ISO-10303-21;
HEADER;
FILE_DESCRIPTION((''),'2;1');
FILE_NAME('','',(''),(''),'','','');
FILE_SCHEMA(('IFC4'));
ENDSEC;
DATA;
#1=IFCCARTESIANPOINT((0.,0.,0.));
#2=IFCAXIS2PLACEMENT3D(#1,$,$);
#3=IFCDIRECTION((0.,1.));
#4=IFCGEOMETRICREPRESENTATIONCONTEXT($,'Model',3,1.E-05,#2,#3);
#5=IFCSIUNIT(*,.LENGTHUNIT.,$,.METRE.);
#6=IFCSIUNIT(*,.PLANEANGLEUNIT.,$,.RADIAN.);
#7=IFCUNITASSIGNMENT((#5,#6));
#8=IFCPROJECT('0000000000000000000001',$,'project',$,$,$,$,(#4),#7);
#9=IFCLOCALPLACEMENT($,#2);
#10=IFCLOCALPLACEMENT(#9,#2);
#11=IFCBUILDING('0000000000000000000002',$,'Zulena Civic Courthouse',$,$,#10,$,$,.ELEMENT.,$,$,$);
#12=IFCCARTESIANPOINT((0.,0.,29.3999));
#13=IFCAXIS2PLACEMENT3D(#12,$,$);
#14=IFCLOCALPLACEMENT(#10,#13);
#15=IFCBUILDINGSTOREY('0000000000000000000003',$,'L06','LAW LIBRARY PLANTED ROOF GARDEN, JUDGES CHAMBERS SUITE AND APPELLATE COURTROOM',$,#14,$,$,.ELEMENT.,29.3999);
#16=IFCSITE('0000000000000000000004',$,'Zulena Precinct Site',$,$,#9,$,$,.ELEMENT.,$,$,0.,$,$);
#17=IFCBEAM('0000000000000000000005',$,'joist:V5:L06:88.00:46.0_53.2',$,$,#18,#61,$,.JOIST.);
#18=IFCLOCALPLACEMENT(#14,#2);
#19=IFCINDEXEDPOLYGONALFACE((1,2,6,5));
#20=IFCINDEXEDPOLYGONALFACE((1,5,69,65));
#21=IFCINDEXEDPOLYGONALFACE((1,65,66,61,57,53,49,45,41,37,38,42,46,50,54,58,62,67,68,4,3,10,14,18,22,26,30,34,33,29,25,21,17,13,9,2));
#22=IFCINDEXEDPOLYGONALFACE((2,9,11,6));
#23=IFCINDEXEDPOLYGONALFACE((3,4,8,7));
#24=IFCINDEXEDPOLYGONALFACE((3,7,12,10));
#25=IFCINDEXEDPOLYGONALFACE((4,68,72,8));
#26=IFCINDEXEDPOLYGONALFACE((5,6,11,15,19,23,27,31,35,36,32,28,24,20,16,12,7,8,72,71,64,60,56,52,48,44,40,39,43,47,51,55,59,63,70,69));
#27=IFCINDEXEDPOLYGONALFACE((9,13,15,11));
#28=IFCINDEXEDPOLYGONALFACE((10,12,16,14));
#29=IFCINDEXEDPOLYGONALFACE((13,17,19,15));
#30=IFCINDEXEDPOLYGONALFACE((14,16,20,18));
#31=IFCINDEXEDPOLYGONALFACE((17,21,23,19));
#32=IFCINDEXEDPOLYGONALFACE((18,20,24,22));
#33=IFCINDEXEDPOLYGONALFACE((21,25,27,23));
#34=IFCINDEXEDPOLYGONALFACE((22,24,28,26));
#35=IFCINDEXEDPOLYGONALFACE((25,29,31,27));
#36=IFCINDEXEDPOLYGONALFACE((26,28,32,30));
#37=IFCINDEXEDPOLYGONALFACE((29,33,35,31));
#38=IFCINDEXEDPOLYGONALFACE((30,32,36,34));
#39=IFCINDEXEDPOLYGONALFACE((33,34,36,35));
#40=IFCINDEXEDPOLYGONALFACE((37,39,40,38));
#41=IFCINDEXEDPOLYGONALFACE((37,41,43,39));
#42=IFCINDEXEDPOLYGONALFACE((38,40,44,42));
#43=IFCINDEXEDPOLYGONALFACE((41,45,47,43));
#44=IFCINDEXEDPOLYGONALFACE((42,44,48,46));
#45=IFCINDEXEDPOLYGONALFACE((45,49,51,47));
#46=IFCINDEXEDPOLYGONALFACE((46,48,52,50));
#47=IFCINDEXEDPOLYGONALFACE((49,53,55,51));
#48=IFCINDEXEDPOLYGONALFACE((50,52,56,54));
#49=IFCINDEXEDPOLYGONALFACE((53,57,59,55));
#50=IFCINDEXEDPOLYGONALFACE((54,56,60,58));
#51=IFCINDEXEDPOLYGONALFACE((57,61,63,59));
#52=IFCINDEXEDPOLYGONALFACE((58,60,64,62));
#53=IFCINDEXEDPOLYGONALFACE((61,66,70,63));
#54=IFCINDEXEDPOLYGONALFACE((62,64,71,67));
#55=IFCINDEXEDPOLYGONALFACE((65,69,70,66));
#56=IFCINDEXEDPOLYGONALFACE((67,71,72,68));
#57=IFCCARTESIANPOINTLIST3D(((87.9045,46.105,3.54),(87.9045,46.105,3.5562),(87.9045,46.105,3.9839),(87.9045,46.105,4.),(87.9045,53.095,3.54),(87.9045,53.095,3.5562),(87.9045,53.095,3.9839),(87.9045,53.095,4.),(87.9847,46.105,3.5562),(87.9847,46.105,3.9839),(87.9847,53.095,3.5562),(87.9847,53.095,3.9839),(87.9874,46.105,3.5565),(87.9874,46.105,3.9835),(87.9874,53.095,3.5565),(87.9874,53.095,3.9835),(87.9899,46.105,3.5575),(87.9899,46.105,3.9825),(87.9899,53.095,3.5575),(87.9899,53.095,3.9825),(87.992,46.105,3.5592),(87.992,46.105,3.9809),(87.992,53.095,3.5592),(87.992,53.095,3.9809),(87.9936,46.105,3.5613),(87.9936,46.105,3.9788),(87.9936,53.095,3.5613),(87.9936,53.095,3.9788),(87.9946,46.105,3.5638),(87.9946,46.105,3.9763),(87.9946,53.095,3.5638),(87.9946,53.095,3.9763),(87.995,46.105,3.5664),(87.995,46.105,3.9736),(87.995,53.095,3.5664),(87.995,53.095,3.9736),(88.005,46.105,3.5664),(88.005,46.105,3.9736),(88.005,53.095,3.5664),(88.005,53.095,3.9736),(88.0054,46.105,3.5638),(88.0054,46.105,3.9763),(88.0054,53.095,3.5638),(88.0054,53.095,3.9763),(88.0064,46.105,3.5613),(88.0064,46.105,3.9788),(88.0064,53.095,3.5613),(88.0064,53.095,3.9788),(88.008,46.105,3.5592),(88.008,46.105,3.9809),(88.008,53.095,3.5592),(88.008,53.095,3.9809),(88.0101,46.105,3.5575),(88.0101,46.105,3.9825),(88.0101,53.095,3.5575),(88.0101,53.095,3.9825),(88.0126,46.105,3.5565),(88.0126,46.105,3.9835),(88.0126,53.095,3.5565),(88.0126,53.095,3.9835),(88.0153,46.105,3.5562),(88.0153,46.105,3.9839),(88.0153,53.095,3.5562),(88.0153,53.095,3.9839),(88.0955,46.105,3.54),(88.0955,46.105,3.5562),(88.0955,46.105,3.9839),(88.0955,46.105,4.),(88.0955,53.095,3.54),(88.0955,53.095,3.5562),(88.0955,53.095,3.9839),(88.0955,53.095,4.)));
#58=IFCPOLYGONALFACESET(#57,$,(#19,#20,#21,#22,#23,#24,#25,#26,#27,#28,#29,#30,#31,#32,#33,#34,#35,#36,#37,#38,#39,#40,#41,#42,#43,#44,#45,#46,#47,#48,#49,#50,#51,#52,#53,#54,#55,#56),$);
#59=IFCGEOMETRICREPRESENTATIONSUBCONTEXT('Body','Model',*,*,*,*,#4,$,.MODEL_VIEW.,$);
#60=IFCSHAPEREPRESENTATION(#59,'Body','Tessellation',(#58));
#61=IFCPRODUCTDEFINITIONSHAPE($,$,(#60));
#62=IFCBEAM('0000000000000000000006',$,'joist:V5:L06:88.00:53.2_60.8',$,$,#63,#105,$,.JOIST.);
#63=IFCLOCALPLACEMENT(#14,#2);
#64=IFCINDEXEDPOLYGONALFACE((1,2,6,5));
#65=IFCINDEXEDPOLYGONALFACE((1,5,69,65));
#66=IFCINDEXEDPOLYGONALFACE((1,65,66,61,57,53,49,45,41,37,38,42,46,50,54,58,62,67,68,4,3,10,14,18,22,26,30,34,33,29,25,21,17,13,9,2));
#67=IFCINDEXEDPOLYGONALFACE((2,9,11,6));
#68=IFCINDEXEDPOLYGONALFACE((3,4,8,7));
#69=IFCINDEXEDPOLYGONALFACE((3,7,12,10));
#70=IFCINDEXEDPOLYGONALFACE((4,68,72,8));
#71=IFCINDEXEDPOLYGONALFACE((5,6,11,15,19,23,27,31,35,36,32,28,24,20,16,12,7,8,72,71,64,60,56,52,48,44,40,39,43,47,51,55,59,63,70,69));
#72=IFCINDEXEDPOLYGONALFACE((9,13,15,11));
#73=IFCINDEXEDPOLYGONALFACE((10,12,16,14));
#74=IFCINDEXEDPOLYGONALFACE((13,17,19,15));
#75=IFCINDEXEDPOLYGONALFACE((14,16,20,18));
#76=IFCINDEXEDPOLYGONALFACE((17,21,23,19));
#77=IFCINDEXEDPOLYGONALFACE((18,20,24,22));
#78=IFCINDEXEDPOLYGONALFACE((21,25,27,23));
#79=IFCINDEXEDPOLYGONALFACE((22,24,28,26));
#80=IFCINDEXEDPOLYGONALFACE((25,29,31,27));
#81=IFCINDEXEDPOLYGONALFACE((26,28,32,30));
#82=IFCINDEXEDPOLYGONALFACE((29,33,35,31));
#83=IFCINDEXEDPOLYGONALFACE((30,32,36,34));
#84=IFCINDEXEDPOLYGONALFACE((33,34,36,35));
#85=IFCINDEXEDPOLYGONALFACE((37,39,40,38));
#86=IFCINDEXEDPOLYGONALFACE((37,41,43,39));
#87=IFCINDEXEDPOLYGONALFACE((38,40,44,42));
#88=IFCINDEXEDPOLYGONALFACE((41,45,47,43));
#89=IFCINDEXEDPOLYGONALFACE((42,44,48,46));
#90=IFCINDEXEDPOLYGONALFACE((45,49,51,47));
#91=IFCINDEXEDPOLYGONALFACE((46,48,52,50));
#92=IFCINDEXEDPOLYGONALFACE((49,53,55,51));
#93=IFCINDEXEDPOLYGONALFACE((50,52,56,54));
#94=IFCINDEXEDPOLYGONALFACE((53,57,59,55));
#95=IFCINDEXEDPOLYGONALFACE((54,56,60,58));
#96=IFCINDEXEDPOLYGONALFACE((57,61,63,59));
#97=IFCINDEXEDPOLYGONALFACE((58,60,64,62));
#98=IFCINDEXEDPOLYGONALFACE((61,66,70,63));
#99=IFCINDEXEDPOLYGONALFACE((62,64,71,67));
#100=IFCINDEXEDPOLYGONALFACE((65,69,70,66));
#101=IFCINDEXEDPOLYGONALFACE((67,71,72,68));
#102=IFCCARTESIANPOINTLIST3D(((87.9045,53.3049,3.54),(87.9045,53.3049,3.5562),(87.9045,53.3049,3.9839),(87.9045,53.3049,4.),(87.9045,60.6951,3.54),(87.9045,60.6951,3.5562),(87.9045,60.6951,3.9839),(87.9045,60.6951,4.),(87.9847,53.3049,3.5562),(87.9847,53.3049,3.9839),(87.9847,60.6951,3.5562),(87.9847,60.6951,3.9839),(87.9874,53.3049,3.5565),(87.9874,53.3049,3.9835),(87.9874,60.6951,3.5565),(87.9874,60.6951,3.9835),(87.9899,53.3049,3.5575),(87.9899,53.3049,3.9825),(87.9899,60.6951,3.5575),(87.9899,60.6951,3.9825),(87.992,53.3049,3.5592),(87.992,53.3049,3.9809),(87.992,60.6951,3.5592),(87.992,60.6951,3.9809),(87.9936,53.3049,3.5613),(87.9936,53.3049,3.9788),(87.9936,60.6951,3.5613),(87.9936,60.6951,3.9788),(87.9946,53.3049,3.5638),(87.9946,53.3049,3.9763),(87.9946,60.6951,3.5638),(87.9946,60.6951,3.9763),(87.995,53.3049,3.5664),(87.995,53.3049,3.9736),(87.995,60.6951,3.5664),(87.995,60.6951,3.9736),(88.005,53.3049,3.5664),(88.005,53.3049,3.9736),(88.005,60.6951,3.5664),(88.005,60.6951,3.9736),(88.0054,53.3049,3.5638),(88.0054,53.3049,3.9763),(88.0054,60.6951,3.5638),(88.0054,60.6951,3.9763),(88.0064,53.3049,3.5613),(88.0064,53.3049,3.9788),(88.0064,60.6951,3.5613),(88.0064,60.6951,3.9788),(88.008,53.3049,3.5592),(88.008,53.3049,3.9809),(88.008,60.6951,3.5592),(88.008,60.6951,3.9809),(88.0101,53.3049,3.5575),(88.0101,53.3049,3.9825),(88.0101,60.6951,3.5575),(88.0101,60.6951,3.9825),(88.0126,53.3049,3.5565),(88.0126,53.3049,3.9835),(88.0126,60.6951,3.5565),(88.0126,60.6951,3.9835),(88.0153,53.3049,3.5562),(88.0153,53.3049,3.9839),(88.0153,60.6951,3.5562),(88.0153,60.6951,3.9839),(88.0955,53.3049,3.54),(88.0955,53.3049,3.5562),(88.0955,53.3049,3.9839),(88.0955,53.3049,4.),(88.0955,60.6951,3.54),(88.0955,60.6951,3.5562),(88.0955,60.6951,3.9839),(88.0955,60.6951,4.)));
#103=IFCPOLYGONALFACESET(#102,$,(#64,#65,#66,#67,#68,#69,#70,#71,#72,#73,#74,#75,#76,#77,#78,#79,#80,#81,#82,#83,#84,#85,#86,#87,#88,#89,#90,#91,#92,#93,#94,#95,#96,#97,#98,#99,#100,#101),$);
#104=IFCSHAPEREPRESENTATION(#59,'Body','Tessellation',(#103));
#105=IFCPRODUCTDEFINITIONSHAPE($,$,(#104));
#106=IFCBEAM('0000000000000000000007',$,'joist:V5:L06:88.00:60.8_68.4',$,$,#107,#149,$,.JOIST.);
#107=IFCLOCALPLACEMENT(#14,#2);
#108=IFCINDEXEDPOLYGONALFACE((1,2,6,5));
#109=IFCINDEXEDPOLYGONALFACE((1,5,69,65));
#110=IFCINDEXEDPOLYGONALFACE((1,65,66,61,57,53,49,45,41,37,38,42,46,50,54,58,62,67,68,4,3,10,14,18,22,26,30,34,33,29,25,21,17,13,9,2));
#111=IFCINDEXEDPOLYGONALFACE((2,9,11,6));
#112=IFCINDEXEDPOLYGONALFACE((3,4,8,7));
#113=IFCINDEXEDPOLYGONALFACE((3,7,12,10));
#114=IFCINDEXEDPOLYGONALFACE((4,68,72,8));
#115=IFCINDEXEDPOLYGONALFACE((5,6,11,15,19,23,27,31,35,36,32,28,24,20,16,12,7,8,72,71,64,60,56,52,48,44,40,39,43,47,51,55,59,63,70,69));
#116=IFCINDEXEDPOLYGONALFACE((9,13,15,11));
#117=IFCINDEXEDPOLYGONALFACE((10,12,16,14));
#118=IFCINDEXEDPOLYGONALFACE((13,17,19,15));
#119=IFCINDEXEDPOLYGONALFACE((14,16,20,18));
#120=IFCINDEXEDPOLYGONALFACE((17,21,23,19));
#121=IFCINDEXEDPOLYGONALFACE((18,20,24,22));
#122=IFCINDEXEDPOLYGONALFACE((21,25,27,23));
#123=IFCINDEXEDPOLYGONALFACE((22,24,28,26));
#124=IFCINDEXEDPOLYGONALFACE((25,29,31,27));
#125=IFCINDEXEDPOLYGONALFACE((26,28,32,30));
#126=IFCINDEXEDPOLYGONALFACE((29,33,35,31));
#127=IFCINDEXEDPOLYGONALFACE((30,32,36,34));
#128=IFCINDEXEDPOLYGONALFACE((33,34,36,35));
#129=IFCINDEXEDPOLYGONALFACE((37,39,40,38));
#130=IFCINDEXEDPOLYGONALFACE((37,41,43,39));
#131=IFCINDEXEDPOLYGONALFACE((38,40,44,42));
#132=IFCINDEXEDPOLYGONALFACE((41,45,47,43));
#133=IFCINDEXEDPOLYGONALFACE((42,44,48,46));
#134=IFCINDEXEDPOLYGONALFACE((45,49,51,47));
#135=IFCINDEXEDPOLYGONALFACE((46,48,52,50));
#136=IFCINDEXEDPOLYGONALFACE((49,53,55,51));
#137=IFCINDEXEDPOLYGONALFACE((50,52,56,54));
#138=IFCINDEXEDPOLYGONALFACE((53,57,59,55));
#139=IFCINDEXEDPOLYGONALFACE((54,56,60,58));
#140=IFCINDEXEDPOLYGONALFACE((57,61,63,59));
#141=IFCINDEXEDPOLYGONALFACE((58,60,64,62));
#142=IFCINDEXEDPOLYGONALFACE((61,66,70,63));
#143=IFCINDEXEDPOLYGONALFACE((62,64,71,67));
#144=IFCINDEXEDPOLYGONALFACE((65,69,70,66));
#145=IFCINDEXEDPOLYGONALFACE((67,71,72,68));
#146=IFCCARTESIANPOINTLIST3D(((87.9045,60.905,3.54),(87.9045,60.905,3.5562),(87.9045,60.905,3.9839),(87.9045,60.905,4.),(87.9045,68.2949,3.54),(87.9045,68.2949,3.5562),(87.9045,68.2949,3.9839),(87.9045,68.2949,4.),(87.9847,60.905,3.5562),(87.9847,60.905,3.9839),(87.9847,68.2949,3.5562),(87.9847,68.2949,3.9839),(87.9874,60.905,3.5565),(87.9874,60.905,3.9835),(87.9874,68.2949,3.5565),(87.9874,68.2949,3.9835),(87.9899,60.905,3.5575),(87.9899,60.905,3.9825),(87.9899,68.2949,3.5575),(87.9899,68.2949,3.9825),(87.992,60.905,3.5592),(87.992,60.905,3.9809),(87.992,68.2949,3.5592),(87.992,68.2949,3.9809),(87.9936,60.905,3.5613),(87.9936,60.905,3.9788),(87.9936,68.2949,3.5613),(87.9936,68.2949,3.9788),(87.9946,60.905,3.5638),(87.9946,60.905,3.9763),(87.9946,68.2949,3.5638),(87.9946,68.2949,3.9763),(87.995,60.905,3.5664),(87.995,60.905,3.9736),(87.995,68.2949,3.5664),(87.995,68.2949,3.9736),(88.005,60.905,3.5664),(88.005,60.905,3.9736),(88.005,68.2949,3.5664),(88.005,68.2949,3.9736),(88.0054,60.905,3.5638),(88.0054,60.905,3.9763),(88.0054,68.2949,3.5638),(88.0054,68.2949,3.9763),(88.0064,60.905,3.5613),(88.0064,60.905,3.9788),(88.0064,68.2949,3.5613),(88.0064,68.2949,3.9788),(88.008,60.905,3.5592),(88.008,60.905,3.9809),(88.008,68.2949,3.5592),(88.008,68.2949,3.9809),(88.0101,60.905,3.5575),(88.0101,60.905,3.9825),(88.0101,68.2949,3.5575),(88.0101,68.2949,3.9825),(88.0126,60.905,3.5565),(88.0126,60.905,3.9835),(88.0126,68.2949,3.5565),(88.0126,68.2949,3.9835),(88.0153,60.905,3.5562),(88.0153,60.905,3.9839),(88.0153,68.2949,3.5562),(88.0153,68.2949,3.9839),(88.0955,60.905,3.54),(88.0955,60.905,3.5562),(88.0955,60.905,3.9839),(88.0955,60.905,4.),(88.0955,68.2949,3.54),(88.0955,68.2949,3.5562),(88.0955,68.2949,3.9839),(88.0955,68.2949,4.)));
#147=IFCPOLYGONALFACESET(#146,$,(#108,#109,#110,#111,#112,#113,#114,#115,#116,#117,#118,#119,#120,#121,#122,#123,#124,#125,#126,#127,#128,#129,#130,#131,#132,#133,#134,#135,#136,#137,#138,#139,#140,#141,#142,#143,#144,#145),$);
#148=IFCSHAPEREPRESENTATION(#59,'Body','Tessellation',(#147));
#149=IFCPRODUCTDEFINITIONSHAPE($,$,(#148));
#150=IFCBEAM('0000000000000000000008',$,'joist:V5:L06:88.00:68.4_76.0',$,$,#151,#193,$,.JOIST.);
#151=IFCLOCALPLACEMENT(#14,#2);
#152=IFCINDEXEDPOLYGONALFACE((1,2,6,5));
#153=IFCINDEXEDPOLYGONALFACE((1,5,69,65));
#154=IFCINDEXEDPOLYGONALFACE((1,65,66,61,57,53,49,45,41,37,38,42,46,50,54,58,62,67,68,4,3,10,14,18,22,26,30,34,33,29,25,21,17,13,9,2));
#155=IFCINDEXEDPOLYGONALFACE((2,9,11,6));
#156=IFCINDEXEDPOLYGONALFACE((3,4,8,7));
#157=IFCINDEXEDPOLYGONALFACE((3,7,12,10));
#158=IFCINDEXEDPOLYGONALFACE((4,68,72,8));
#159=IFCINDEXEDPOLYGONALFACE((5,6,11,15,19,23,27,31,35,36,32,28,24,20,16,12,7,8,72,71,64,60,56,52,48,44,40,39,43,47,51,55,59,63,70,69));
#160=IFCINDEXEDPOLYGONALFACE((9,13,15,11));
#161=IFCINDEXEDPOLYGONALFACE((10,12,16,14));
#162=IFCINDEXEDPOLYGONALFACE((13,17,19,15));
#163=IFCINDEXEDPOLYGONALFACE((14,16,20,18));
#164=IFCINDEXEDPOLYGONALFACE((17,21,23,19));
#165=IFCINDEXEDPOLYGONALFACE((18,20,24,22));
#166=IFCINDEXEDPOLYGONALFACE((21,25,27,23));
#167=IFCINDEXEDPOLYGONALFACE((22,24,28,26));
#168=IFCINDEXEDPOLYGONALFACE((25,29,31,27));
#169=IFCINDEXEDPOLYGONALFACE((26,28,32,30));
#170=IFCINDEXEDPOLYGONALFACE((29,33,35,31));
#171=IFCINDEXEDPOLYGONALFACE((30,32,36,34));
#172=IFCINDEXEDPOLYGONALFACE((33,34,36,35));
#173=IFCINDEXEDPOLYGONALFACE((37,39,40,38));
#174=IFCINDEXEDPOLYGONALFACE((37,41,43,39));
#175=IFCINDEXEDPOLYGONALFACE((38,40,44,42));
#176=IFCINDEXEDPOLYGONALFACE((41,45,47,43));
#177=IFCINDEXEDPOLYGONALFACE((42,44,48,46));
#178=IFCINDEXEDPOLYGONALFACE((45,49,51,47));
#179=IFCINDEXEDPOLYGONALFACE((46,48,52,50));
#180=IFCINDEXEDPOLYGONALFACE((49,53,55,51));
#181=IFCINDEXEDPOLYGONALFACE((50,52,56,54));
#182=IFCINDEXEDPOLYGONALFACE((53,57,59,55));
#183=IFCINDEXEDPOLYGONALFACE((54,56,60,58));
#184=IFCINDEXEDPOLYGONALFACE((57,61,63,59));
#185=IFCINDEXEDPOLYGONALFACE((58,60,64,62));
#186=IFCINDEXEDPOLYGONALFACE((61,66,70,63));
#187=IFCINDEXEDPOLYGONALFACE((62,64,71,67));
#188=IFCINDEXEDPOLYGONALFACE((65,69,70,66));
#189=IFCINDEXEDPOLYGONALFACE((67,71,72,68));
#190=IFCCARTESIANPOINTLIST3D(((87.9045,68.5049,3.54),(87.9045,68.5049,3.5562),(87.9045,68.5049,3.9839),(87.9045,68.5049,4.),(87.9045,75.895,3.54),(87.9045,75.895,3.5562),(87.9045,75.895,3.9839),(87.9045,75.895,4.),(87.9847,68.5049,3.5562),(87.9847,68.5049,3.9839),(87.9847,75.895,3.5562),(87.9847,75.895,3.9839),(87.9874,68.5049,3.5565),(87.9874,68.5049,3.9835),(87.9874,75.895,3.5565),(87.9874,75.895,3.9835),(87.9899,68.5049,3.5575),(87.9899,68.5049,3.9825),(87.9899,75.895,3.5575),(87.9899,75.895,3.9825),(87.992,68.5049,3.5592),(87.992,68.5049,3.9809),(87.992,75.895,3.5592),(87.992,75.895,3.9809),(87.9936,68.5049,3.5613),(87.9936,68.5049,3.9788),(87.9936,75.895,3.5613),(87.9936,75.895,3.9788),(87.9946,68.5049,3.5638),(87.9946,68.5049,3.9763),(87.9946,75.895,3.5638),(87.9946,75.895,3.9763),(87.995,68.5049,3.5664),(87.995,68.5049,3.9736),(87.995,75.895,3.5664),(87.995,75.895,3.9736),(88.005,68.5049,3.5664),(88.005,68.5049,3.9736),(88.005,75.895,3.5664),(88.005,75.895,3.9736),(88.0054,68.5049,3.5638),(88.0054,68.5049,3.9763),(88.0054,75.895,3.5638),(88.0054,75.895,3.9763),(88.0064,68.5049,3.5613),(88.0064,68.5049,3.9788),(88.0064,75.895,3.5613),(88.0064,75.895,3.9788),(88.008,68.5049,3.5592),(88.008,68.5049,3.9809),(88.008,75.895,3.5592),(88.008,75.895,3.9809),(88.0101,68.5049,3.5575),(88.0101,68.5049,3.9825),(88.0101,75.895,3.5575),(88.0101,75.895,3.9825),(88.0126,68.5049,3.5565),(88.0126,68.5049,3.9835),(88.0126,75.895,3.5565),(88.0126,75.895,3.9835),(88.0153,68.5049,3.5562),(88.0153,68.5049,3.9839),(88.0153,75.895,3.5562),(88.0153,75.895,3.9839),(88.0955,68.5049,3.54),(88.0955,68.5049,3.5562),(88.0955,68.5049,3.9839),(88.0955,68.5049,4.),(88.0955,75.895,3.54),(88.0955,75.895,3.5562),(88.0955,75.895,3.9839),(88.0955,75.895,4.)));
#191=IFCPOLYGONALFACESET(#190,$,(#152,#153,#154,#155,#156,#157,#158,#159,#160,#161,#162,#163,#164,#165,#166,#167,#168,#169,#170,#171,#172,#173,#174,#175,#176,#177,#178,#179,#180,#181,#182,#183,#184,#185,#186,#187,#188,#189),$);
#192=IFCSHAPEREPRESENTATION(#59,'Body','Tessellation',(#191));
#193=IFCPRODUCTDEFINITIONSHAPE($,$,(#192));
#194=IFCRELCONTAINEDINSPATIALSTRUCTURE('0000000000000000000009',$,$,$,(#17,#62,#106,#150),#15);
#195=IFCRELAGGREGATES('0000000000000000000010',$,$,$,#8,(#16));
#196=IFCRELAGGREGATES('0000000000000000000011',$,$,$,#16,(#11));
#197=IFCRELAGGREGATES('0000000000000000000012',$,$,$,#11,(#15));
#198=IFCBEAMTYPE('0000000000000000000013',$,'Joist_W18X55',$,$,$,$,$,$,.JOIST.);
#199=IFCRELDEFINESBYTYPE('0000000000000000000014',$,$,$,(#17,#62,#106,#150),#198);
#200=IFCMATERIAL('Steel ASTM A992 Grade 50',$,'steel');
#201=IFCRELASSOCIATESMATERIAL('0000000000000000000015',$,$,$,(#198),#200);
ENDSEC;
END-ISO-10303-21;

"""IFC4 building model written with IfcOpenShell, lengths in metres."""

from ifc_helpers import new_model, si_unit, direction, frame, origin, origin_2d, place, context, subcontext, project, spatial, i_section, extrude, material, material_profile, profile_set, type_object, element, save


model = new_model("IFC4")

# Units and contexts
model_context = context("Model", 3, precision=1e-05, world=origin(), true_north=direction((0.0, 1.0)))
body_context = subcontext(model_context, "Body", "Model", "MODEL_VIEW")
ifc_project = project(units=[si_unit("LENGTHUNIT", "METRE"), si_unit("PLANEANGLEUNIT", "RADIAN")], contexts=[model_context])

# Site, building, storey
site_placement = place(None, origin())
site = spatial("IfcSite", under=ifc_project, at=site_placement, Name="Zulena Precinct Site", CompositionType="ELEMENT", RefElevation=0.0)
building_placement = place(site_placement, origin())
building = spatial("IfcBuilding", under=site, at=building_placement, Name="Zulena Civic Courthouse", CompositionType="ELEMENT")
storey_placement = place(building_placement, frame((0.0, 0.0, 29.3999)))
storey = spatial("IfcBuildingStorey", under=building, at=storey_placement, Name="L06", Description="LAW LIBRARY PLANTED ROOF GARDEN, JUDGES CHAMBERS SUITE AND APPELLATE COURTROOM", CompositionType="ELEMENT", Elevation=29.3999)

# Shared definitions
ifc_material_1 = material(Name="Steel ASTM A992 Grade 50", Category="steel")

# Beams
ifc_material_profile_1 = material_profile(ifc_material_1, i_section(OverallWidth=0.1909, OverallDepth=0.46, WebThickness=0.01, FlangeThickness=0.0161, FilletRadius=0.0103, at=origin_2d()), Name="W18X55")
ifc_profile_set_1 = profile_set([ifc_material_profile_1], Name="Steel ASTM A992 Grade 50")
beam_type_1 = type_object("IfcBeamType", Name="Joist_W18X55", PredefinedType="JOIST", material=ifc_profile_set_1)
beam_1_placement = place(storey_placement, frame((88.0, 46.105, 3.77), z_axis=(0.0, 1.0, 0.0), x_axis=(-1.0, 0.0, 0.0)))
element("IfcBeam", 1, at=beam_1_placement, inside=storey, type_object=beam_type_1, Name="joist:V5:L06:88.00:46.0_53.2", PredefinedType="JOIST", context=body_context, shape_type="SweptSolid", body=[
    extrude(i_section(OverallWidth=0.1909, OverallDepth=0.46, WebThickness=0.01, FlangeThickness=0.0161, FilletRadius=0.0103, at=origin_2d()), origin(), (0.0, 0.0, 1.0), 6.99),
])
beam_2_placement = place(storey_placement, frame((88.0, 53.3049, 3.77), z_axis=(0.0, 1.0, 0.0), x_axis=(-1.0, 0.0, 0.0)))
element("IfcBeam", 2, at=beam_2_placement, inside=storey, type_object=beam_type_1, Name="joist:V5:L06:88.00:53.2_60.8", PredefinedType="JOIST", context=body_context, shape_type="SweptSolid", body=[
    extrude(i_section(OverallWidth=0.1909, OverallDepth=0.46, WebThickness=0.01, FlangeThickness=0.0161, FilletRadius=0.0103, at=origin_2d()), origin(), (0.0, 0.0, 1.0), 7.3901),
])
beam_3_placement = place(storey_placement, frame((88.0, 60.905, 3.77), z_axis=(0.0, 1.0, 0.0), x_axis=(-1.0, 0.0, 0.0)))
element("IfcBeam", 3, at=beam_3_placement, inside=storey, type_object=beam_type_1, Name="joist:V5:L06:88.00:60.8_68.4", PredefinedType="JOIST", context=body_context, shape_type="SweptSolid", body=[
    extrude(i_section(OverallWidth=0.1909, OverallDepth=0.46, WebThickness=0.01, FlangeThickness=0.0161, FilletRadius=0.0103, at=origin_2d()), origin(), (0.0, 0.0, 1.0), 7.3899),
])
beam_4_placement = place(storey_placement, frame((88.0, 68.5049, 3.77), z_axis=(0.0, 1.0, 0.0), x_axis=(-1.0, 0.0, 0.0)))
element("IfcBeam", 4, at=beam_4_placement, inside=storey, type_object=beam_type_1, Name="joist:V5:L06:88.00:68.4_76.0", PredefinedType="JOIST", context=body_context, shape_type="SweptSolid", body=[
    extrude(i_section(OverallWidth=0.1909, OverallDepth=0.46, WebThickness=0.01, FlangeThickness=0.0161, FilletRadius=0.0103, at=origin_2d()), origin(), (0.0, 0.0, 1.0), 7.3901),
])

save(model, "model.ifc")
